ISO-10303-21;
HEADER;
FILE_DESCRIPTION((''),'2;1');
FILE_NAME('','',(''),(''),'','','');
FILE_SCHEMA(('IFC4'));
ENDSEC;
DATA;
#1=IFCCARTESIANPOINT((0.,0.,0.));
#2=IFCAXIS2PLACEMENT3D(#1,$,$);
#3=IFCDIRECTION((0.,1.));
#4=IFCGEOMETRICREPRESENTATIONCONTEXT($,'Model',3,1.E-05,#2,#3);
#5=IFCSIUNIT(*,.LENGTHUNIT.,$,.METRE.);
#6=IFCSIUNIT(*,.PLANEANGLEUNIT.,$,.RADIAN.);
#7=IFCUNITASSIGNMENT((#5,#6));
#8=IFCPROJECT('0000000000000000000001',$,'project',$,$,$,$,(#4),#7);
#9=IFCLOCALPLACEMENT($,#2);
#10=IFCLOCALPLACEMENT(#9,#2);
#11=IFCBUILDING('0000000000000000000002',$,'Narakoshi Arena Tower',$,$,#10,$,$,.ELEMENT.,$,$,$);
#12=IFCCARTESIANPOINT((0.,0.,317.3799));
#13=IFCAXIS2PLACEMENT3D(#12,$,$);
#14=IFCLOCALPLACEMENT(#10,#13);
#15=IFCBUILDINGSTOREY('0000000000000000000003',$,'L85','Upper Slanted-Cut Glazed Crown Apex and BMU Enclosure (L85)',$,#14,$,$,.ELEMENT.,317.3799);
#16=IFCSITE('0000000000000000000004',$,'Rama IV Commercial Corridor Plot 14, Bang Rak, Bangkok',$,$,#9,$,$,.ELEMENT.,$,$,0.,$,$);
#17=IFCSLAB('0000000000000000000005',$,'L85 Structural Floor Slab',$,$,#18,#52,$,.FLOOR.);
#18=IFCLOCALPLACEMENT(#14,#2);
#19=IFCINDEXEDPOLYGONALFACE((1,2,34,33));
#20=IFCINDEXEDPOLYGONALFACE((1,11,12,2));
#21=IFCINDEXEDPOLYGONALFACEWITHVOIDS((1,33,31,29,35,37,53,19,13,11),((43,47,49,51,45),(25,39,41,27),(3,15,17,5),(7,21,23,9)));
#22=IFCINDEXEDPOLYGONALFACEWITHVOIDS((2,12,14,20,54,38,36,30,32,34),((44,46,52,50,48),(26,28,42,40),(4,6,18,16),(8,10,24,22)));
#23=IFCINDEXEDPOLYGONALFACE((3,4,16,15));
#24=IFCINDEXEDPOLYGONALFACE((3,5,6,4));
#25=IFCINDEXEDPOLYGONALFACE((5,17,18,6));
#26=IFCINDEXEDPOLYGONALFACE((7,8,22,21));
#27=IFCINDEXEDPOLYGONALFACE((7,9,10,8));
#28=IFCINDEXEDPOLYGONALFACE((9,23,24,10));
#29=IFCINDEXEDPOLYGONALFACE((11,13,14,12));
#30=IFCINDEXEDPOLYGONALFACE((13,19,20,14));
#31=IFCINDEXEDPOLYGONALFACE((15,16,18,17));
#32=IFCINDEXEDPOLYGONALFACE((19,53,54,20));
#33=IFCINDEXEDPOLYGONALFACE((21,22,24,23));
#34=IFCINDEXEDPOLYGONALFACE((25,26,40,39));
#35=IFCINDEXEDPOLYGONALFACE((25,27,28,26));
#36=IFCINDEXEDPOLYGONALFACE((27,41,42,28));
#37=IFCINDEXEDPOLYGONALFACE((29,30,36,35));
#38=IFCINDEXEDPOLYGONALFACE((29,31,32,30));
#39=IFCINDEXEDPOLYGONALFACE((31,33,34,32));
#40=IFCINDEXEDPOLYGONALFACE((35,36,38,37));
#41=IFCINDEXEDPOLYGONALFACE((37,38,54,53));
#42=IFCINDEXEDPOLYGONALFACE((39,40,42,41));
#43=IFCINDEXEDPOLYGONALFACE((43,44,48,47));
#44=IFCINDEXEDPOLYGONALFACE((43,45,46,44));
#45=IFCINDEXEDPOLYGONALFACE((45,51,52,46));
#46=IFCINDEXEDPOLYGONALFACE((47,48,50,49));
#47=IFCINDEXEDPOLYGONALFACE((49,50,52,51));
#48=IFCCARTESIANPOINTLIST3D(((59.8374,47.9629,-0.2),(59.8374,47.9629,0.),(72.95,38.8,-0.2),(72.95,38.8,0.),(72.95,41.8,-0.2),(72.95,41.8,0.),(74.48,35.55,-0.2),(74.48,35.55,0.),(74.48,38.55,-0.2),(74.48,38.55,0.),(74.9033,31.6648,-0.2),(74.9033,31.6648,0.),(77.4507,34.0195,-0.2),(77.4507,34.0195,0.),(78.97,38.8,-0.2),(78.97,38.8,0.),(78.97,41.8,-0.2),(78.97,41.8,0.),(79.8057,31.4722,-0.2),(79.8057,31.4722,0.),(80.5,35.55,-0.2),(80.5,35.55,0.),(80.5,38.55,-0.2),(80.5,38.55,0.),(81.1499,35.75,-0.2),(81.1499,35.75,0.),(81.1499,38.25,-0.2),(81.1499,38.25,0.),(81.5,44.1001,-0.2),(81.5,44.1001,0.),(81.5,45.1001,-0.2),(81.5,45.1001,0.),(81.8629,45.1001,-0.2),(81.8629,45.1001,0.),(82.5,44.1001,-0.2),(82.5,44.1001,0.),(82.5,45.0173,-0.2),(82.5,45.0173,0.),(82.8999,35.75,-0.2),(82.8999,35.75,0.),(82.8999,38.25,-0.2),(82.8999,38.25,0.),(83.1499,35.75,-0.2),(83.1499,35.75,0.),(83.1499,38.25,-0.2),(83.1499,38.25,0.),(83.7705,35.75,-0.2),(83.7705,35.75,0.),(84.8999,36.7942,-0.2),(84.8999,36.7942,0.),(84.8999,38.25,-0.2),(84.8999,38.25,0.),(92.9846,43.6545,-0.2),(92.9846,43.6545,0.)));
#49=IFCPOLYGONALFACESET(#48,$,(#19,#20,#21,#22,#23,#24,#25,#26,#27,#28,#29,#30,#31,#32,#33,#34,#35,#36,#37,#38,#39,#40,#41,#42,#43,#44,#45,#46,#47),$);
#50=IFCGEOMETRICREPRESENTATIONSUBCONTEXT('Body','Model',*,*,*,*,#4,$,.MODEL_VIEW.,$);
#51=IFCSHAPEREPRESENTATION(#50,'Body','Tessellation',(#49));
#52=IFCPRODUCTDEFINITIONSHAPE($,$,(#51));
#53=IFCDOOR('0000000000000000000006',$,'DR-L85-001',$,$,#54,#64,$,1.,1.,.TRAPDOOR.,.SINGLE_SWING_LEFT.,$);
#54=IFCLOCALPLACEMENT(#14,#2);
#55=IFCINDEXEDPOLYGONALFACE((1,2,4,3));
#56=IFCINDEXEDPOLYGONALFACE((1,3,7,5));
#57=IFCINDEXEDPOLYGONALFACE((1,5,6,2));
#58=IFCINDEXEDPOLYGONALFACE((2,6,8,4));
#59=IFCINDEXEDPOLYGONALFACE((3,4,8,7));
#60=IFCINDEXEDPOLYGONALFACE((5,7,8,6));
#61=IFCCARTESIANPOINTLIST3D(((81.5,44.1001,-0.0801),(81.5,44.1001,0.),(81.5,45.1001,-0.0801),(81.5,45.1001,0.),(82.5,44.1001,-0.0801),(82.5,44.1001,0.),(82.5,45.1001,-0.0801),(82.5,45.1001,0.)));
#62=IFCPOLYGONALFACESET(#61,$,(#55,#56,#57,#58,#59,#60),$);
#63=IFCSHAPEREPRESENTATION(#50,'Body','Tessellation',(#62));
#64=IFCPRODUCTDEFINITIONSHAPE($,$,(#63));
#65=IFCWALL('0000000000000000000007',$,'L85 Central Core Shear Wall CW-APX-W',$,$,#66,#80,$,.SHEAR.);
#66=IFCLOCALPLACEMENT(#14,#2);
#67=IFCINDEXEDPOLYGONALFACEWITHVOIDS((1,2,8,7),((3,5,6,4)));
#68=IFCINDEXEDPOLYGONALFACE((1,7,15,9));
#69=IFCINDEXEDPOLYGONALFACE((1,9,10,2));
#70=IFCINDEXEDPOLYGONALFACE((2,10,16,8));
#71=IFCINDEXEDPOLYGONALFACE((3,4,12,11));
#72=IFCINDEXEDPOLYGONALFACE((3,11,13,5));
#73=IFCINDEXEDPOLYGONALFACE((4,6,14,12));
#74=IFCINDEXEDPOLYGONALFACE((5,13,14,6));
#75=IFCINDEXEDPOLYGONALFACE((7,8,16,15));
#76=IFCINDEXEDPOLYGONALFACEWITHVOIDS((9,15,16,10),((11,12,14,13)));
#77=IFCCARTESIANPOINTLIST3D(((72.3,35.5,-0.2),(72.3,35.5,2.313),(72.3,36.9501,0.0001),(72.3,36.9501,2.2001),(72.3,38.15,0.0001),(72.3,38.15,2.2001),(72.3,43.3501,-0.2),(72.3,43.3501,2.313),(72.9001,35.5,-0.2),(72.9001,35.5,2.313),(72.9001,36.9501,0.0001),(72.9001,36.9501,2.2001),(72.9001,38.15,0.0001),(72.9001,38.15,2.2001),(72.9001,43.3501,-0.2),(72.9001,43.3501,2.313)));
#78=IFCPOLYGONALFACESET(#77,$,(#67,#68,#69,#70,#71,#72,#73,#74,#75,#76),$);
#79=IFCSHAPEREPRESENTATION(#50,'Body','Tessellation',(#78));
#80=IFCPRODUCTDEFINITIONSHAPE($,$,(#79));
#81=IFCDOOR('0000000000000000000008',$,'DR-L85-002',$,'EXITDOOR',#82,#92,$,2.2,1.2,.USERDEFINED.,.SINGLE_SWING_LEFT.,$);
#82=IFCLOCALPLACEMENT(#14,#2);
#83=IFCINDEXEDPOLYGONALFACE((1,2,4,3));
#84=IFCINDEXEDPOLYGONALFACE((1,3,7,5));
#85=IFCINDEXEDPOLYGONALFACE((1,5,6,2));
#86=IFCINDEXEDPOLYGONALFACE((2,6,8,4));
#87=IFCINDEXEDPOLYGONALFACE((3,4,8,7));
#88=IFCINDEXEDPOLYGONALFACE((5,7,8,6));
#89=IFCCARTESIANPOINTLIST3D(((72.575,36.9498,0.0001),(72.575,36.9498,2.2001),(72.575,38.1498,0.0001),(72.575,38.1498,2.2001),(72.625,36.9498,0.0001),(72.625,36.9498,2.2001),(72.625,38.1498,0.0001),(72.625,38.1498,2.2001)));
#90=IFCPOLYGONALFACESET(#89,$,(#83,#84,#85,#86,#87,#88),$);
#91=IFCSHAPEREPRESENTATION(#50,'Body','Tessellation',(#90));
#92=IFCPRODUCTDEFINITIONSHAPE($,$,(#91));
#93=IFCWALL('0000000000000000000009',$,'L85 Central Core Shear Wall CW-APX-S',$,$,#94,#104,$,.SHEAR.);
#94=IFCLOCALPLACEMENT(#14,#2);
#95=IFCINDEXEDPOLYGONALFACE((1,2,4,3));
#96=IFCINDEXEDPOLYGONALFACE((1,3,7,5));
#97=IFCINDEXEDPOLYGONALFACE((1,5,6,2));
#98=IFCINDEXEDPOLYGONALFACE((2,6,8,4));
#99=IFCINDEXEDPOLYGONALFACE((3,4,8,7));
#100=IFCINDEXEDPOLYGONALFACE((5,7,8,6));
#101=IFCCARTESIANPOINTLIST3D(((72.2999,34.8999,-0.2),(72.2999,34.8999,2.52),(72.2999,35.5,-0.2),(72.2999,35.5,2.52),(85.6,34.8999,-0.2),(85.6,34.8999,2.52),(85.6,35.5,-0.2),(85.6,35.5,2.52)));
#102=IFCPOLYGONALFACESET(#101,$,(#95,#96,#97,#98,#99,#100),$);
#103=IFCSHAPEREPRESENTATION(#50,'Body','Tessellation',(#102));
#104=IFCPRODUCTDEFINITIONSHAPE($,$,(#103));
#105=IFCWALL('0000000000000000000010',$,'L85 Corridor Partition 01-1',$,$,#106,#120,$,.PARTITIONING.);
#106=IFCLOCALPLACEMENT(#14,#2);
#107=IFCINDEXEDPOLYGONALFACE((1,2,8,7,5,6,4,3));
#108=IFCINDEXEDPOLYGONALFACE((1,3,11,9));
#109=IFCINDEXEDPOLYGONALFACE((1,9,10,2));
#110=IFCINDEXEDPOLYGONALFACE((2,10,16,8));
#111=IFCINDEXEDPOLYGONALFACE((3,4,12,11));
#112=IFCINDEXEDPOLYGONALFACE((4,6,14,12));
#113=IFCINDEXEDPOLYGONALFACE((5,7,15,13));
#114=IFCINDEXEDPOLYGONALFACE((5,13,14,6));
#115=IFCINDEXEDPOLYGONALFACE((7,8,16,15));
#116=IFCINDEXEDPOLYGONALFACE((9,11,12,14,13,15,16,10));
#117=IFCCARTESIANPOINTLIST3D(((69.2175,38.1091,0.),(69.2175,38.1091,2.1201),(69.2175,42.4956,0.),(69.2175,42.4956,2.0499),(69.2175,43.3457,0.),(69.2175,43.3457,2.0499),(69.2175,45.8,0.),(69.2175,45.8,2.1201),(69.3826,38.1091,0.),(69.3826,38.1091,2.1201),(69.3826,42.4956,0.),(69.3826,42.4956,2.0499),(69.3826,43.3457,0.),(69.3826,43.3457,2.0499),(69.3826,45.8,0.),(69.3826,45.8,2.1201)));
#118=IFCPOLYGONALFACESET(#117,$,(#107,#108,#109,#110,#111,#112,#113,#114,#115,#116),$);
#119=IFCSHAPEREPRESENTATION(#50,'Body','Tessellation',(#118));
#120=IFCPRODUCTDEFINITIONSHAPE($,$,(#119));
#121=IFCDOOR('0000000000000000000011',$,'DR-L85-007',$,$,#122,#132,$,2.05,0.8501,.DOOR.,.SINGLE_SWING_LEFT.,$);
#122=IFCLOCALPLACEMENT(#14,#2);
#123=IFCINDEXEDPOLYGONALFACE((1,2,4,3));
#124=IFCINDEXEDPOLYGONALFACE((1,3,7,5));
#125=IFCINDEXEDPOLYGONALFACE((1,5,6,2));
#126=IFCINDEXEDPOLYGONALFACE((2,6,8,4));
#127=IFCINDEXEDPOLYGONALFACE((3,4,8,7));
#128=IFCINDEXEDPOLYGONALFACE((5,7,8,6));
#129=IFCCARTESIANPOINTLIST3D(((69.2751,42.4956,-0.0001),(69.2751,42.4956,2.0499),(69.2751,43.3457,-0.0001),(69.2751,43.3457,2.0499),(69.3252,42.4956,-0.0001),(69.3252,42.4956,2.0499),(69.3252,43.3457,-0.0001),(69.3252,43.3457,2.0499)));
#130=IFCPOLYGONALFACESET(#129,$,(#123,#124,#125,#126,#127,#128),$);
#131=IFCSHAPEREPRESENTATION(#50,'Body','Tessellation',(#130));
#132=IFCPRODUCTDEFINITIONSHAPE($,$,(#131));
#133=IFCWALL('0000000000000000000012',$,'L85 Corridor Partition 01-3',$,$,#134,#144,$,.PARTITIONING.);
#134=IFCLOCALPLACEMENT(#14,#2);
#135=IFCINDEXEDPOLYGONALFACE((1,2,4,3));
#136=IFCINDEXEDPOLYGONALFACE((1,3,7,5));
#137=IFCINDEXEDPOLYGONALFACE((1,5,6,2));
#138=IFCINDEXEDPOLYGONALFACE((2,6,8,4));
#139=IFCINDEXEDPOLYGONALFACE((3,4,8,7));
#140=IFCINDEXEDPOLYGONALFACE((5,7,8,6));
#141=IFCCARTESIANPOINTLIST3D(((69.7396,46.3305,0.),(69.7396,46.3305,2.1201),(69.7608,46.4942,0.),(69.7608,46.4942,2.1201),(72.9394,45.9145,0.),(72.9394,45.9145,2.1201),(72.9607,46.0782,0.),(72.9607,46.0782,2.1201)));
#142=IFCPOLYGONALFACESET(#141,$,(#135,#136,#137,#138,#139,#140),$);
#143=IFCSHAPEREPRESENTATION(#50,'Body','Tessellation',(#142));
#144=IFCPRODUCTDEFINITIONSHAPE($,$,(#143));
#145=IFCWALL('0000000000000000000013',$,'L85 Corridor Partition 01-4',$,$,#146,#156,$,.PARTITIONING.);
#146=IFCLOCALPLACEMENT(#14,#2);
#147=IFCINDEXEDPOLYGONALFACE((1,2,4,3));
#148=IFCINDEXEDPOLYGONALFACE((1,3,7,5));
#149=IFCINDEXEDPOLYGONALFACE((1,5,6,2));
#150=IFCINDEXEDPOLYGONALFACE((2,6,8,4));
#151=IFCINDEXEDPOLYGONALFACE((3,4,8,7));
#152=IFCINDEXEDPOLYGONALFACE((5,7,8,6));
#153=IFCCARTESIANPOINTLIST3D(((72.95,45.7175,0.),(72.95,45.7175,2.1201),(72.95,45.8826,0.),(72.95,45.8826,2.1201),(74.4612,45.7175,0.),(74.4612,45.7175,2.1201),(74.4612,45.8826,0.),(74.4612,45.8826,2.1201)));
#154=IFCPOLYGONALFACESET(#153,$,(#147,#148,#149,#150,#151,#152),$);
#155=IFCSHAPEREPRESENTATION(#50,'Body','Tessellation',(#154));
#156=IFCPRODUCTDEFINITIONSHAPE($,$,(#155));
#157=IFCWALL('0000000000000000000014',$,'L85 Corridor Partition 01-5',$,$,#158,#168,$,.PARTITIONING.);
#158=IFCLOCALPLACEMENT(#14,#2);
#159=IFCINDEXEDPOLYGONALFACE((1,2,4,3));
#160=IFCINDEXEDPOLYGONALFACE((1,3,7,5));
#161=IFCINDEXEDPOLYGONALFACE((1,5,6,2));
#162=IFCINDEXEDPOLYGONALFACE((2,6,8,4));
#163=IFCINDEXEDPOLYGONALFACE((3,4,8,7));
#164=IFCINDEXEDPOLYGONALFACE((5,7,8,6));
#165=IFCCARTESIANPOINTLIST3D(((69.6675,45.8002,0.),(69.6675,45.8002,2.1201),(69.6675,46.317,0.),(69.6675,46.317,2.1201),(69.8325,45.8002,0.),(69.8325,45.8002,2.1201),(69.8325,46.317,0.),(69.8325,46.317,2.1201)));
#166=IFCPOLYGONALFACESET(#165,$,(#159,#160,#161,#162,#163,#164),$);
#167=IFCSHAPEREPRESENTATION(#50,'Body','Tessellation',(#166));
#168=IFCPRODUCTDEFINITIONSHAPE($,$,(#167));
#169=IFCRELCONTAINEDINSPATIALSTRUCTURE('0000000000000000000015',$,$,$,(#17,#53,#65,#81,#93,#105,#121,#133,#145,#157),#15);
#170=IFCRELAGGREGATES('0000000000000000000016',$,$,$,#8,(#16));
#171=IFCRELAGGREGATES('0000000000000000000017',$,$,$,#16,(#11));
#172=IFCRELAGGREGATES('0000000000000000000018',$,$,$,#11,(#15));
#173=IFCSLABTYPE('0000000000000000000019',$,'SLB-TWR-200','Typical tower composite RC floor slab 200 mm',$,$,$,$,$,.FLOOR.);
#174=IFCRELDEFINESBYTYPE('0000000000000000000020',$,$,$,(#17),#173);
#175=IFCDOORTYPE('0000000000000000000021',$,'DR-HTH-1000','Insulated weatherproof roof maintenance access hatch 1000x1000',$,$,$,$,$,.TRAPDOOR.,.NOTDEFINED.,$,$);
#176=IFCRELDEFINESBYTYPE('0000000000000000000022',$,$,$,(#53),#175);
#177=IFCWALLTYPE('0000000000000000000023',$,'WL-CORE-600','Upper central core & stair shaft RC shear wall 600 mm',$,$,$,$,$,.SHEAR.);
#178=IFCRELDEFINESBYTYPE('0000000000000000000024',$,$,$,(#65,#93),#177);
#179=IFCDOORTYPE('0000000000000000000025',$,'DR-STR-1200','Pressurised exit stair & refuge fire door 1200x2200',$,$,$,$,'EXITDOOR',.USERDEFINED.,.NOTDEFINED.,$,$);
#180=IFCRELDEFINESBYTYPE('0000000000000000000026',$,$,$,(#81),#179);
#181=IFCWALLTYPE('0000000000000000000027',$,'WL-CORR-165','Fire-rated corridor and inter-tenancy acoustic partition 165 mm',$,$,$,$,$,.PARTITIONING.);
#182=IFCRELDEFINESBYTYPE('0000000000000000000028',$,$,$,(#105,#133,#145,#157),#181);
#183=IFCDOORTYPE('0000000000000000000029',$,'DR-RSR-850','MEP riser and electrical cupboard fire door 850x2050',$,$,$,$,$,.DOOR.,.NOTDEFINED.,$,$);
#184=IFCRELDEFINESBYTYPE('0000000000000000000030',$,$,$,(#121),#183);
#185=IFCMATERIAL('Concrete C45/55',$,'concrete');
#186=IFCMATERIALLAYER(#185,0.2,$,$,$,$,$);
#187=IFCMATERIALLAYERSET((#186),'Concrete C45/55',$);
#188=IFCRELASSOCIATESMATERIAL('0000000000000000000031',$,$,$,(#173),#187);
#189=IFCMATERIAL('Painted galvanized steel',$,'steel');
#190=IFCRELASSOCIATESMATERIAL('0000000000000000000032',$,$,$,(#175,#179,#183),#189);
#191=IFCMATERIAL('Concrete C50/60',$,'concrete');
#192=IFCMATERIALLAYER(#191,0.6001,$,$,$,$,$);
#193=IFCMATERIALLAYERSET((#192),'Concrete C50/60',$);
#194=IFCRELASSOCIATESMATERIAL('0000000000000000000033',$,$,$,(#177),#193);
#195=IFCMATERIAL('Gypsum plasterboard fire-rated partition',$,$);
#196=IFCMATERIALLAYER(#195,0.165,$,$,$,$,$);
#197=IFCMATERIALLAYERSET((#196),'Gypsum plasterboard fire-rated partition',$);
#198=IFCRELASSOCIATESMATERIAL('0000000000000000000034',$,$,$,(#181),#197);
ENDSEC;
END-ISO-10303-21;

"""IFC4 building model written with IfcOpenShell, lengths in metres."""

from ifc_helpers import new_model, si_unit, direction, frame, frame_2d, origin, origin_2d, place, context, subcontext, project, spatial, polyline, rectangle, outline, extrude, material, layer, layer_set, type_object, element, fill, save


model = new_model("IFC4")

# Units and contexts
model_context = context("Model", 3, precision=1e-05, world=origin(), true_north=direction((0.0, 1.0)))
body_context = subcontext(model_context, "Body", "Model", "MODEL_VIEW")
ifc_project = project(units=[si_unit("LENGTHUNIT", "METRE"), si_unit("PLANEANGLEUNIT", "RADIAN")], contexts=[model_context])

# Site, building, storey
site_placement = place(None, origin())
site = spatial("IfcSite", under=ifc_project, at=site_placement, Name="Rama IV Commercial Corridor Plot 14, Bang Rak, Bangkok", CompositionType="ELEMENT", RefElevation=0.0)
building_placement = place(site_placement, origin())
building = spatial("IfcBuilding", under=site, at=building_placement, Name="Narakoshi Arena Tower", CompositionType="ELEMENT")
storey_placement = place(building_placement, frame((0.0, 0.0, 317.3799)))
storey = spatial("IfcBuildingStorey", under=building, at=storey_placement, Name="L85", Description="Upper Slanted-Cut Glazed Crown Apex and BMU Enclosure (L85)", CompositionType="ELEMENT", Elevation=317.3799)

# Slab, opening, door
ifc_material_1 = material(Name="Concrete C45/55", Category="concrete")
ifc_layer_1 = layer(ifc_material_1, 0.2)
ifc_layer_set_1 = layer_set([ifc_layer_1], Name="Concrete C45/55")
slab_type_1 = type_object("IfcSlabType", Name="SLB-TWR-200", Description="Typical tower composite RC floor slab 200 mm", PredefinedType="FLOOR", material=ifc_layer_set_1)
slab_1_placement = place(storey_placement, frame((0.0, 0.0, -0.2)))
slab_1 = element("IfcSlab", 1, at=slab_1_placement, inside=storey, type_object=slab_type_1, Name="L85 Structural Floor Slab", PredefinedType="FLOOR", context=body_context, shape_type="SweptSolid", body=[
    extrude(outline(polyline([(79.8057, 31.4722), (77.4507, 34.0195), (74.9033, 31.6648), (59.8374, 47.9629), (92.9846, 43.6545), (79.8057, 31.4722)]), holes=[polyline([(80.5, 38.55), (80.5, 35.55), (74.48, 35.55), (74.48, 38.55), (80.5, 38.55)]), polyline([(82.8999, 38.25), (82.8999, 35.75), (81.1499, 35.75), (81.1499, 38.25), (82.8999, 38.25)]), polyline([(84.8999, 38.25), (84.8999, 36.7942), (83.7705, 35.75), (83.1499, 35.75), (83.1499, 38.25), (84.8999, 38.25)]), polyline([(78.97, 41.8), (78.97, 38.8), (72.95, 38.8), (72.95, 41.8), (78.97, 41.8)])]), origin(), (0.0, 0.0, 1.0), 0.2),
])
opening_1_placement = place(slab_1_placement, frame((82.0, 44.6001, -0.01)))
opening_1 = element("IfcOpeningElement", 2, at=opening_1_placement, cuts=slab_1, PredefinedType="OPENING", context=body_context, shape_type="SweptSolid", body=[
    extrude(rectangle(XDim=1.0, YDim=1.0, at=origin_2d()), origin(), (0.0, 0.0, 1.0), 0.22),
])
ifc_material_2 = material(Name="Painted galvanized steel", Category="steel")
door_type_1 = type_object("IfcDoorType", Name="DR-HTH-1000", Description="Insulated weatherproof roof maintenance access hatch 1000x1000", OperationType="NOTDEFINED", PredefinedType="TRAPDOOR", material=ifc_material_2)
door_1_placement = place(opening_1_placement, frame((0.0, 0.0, 0.1299)))
door_1 = element("IfcDoor", 3, at=door_1_placement, inside=storey, type_object=door_type_1, Name="DR-L85-001", OperationType="SINGLE_SWING_LEFT", OverallHeight=1.0, OverallWidth=1.0, PredefinedType="TRAPDOOR", context=body_context, shape_type="SweptSolid", body=[
    extrude(rectangle(XDim=1.0, YDim=1.0, at=origin_2d()), origin(), (0.0, 0.0, 1.0), 0.0801),
])
fill(opening_1, door_1)

# Wall, opening, door
ifc_material_3 = material(Name="Concrete C50/60", Category="concrete")
ifc_layer_2 = layer(ifc_material_3, 0.6001)
ifc_layer_set_2 = layer_set([ifc_layer_2], Name="Concrete C50/60")
wall_type_1 = type_object("IfcWallType", Name="WL-CORE-600", Description="Upper central core & stair shaft RC shear wall 600 mm", PredefinedType="SHEAR", material=ifc_layer_set_2)
wall_1_placement = place(storey_placement, frame((72.6001, 35.5, -0.2), z_axis=(0.0, 0.0, 1.0), x_axis=(0.0, 1.0, 0.0)))
wall_1 = element("IfcWall", 4, at=wall_1_placement, inside=storey, type_object=wall_type_1, Name="L85 Central Core Shear Wall CW-APX-W", PredefinedType="SHEAR", context=body_context, shape_type="SweptSolid", body=[
    extrude(rectangle(XDim=7.8501, YDim=0.6001, at=frame_2d((3.925, 0.0))), origin(), (0.0, 0.0, 1.0), 2.5129),
])
opening_2_placement = place(wall_1_placement, frame((1.45, 0.0, 0.2)))
opening_2 = element("IfcOpeningElement", 5, at=opening_2_placement, cuts=wall_1, PredefinedType="OPENING", context=body_context, shape_type="SweptSolid", body=[
    extrude(rectangle(XDim=1.2, YDim=2.2, at=frame_2d((0.6001, 1.1001))), frame((0.0, 0.3101, 0.0), z_axis=(0.0, -1.0, 0.0), x_axis=(1.0, 0.0, 0.0)), (0.0, 0.0, 1.0), 0.6201),
])
door_type_2 = type_object("IfcDoorType", Name="DR-STR-1200", Description="Pressurised exit stair & refuge fire door 1200x2200", ElementType="EXITDOOR", OperationType="NOTDEFINED", PredefinedType="USERDEFINED", material=ifc_material_2)
door_2_placement = place(opening_2_placement, frame((1.2, 0.0, 0.0), z_axis=(0.0, 0.0, 1.0), x_axis=(-1.0, 0.0, 0.0)))
door_2 = element("IfcDoor", 6, at=door_2_placement, inside=storey, type_object=door_type_2, Name="DR-L85-002", ObjectType="EXITDOOR", OperationType="SINGLE_SWING_LEFT", OverallHeight=2.2, OverallWidth=1.2, PredefinedType="USERDEFINED", context=body_context, shape_type="SweptSolid", body=[
    extrude(rectangle(XDim=1.2, YDim=2.2, at=frame_2d((0.6001, 1.1001))), frame((0.0, 0.0249, 0.0), z_axis=(0.0, -1.0, 0.0), x_axis=(1.0, 0.0, 0.0)), (0.0, 0.0, 1.0), 0.05),
])
fill(opening_2, door_2)

# Wall
wall_2_placement = place(storey_placement, frame((72.3, 35.2, -0.2), z_axis=(0.0, 0.0, 1.0), x_axis=(1.0, 0.0, 0.0)))
element("IfcWall", 7, at=wall_2_placement, inside=storey, type_object=wall_type_1, Name="L85 Central Core Shear Wall CW-APX-S", PredefinedType="SHEAR", context=body_context, shape_type="SweptSolid", body=[
    extrude(rectangle(XDim=13.3, YDim=0.6001, at=frame_2d((6.6499, 0.0))), origin(), (0.0, 0.0, 1.0), 2.72),
])

# Wall, opening, door
ifc_material_4 = material(Name="Gypsum plasterboard fire-rated partition")
ifc_layer_3 = layer(ifc_material_4, 0.165)
ifc_layer_set_3 = layer_set([ifc_layer_3], Name="Gypsum plasterboard fire-rated partition")
wall_type_2 = type_object("IfcWallType", Name="WL-CORR-165", Description="Fire-rated corridor and inter-tenancy acoustic partition 165 mm", PredefinedType="PARTITIONING", material=ifc_layer_set_3)
wall_3_placement = place(storey_placement, frame((69.3, 45.8, 0.0), z_axis=(0.0, 0.0, 1.0), x_axis=(0.0, -1.0, 0.0)))
wall_3 = element("IfcWall", 8, at=wall_3_placement, inside=storey, type_object=wall_type_2, Name="L85 Corridor Partition 01-1", PredefinedType="PARTITIONING", context=body_context, shape_type="SweptSolid", body=[
    extrude(rectangle(XDim=7.6909, YDim=0.165, at=frame_2d((3.8455, 0.0))), origin(), (0.0, 0.0, 1.0), 2.1201),
])
opening_3_placement = place(wall_3_placement, frame((2.4543, 0.0, 0.0)))
opening_3 = element("IfcOpeningElement", 9, at=opening_3_placement, cuts=wall_3, PredefinedType="OPENING", context=body_context, shape_type="SweptSolid", body=[
    extrude(rectangle(XDim=0.8501, YDim=2.05, at=frame_2d((0.425, 1.0249))), frame((0.0, 0.0925, 0.0), z_axis=(0.0, -1.0, 0.0), x_axis=(1.0, 0.0, 0.0)), (0.0, 0.0, 1.0), 0.1851),
])
door_type_3 = type_object("IfcDoorType", Name="DR-RSR-850", Description="MEP riser and electrical cupboard fire door 850x2050", OperationType="NOTDEFINED", PredefinedType="DOOR", material=ifc_material_2)
door_3_placement = place(opening_3_placement, frame((0.8501, 0.0, 0.0), z_axis=(0.0, 0.0, 1.0), x_axis=(-1.0, 0.0, 0.0)))
door_3 = element("IfcDoor", 10, at=door_3_placement, inside=storey, type_object=door_type_3, Name="DR-L85-007", OperationType="SINGLE_SWING_LEFT", OverallHeight=2.05, OverallWidth=0.8501, PredefinedType="DOOR", context=body_context, shape_type="SweptSolid", body=[
    extrude(rectangle(XDim=0.8501, YDim=2.05, at=frame_2d((0.425, 1.0249))), frame((0.0, 0.0249, 0.0), z_axis=(0.0, -1.0, 0.0), x_axis=(1.0, 0.0, 0.0)), (0.0, 0.0, 1.0), 0.05),
])
fill(opening_3, door_3)

# Walls
wall_4_placement = place(storey_placement, frame((72.95, 45.9963, 0.0), z_axis=(0.0, 0.0, 1.0), x_axis=(-0.991655, 0.128922, 0.0)))
element("IfcWall", 11, at=wall_4_placement, inside=storey, type_object=wall_type_2, Name="L85 Corridor Partition 01-3", PredefinedType="PARTITIONING", context=body_context, shape_type="SweptSolid", body=[
    extrude(rectangle(XDim=3.2268, YDim=0.165, at=frame_2d((1.6133, 0.0))), origin(), (0.0, 0.0, 1.0), 2.1201),
])
wall_5_placement = place(storey_placement, frame((74.4612, 45.8, 0.0), z_axis=(0.0, 0.0, 1.0), x_axis=(-1.0, 0.0, 0.0)))
element("IfcWall", 12, at=wall_5_placement, inside=storey, type_object=wall_type_2, Name="L85 Corridor Partition 01-4", PredefinedType="PARTITIONING", context=body_context, shape_type="SweptSolid", body=[
    extrude(rectangle(XDim=1.5112, YDim=0.165, at=frame_2d((0.7556, 0.0))), origin(), (0.0, 0.0, 1.0), 2.1201),
])
wall_6_placement = place(storey_placement, frame((69.75, 46.3169, 0.0), z_axis=(0.0, 0.0, 1.0), x_axis=(0.0, -1.0, 0.0)))
element("IfcWall", 13, at=wall_6_placement, inside=storey, type_object=wall_type_2, Name="L85 Corridor Partition 01-5", PredefinedType="PARTITIONING", context=body_context, shape_type="SweptSolid", body=[
    extrude(rectangle(XDim=0.5168, YDim=0.165, at=frame_2d((0.2583, 0.0))), origin(), (0.0, 0.0, 1.0), 2.1201),
])

save(model, "model.ifc")
